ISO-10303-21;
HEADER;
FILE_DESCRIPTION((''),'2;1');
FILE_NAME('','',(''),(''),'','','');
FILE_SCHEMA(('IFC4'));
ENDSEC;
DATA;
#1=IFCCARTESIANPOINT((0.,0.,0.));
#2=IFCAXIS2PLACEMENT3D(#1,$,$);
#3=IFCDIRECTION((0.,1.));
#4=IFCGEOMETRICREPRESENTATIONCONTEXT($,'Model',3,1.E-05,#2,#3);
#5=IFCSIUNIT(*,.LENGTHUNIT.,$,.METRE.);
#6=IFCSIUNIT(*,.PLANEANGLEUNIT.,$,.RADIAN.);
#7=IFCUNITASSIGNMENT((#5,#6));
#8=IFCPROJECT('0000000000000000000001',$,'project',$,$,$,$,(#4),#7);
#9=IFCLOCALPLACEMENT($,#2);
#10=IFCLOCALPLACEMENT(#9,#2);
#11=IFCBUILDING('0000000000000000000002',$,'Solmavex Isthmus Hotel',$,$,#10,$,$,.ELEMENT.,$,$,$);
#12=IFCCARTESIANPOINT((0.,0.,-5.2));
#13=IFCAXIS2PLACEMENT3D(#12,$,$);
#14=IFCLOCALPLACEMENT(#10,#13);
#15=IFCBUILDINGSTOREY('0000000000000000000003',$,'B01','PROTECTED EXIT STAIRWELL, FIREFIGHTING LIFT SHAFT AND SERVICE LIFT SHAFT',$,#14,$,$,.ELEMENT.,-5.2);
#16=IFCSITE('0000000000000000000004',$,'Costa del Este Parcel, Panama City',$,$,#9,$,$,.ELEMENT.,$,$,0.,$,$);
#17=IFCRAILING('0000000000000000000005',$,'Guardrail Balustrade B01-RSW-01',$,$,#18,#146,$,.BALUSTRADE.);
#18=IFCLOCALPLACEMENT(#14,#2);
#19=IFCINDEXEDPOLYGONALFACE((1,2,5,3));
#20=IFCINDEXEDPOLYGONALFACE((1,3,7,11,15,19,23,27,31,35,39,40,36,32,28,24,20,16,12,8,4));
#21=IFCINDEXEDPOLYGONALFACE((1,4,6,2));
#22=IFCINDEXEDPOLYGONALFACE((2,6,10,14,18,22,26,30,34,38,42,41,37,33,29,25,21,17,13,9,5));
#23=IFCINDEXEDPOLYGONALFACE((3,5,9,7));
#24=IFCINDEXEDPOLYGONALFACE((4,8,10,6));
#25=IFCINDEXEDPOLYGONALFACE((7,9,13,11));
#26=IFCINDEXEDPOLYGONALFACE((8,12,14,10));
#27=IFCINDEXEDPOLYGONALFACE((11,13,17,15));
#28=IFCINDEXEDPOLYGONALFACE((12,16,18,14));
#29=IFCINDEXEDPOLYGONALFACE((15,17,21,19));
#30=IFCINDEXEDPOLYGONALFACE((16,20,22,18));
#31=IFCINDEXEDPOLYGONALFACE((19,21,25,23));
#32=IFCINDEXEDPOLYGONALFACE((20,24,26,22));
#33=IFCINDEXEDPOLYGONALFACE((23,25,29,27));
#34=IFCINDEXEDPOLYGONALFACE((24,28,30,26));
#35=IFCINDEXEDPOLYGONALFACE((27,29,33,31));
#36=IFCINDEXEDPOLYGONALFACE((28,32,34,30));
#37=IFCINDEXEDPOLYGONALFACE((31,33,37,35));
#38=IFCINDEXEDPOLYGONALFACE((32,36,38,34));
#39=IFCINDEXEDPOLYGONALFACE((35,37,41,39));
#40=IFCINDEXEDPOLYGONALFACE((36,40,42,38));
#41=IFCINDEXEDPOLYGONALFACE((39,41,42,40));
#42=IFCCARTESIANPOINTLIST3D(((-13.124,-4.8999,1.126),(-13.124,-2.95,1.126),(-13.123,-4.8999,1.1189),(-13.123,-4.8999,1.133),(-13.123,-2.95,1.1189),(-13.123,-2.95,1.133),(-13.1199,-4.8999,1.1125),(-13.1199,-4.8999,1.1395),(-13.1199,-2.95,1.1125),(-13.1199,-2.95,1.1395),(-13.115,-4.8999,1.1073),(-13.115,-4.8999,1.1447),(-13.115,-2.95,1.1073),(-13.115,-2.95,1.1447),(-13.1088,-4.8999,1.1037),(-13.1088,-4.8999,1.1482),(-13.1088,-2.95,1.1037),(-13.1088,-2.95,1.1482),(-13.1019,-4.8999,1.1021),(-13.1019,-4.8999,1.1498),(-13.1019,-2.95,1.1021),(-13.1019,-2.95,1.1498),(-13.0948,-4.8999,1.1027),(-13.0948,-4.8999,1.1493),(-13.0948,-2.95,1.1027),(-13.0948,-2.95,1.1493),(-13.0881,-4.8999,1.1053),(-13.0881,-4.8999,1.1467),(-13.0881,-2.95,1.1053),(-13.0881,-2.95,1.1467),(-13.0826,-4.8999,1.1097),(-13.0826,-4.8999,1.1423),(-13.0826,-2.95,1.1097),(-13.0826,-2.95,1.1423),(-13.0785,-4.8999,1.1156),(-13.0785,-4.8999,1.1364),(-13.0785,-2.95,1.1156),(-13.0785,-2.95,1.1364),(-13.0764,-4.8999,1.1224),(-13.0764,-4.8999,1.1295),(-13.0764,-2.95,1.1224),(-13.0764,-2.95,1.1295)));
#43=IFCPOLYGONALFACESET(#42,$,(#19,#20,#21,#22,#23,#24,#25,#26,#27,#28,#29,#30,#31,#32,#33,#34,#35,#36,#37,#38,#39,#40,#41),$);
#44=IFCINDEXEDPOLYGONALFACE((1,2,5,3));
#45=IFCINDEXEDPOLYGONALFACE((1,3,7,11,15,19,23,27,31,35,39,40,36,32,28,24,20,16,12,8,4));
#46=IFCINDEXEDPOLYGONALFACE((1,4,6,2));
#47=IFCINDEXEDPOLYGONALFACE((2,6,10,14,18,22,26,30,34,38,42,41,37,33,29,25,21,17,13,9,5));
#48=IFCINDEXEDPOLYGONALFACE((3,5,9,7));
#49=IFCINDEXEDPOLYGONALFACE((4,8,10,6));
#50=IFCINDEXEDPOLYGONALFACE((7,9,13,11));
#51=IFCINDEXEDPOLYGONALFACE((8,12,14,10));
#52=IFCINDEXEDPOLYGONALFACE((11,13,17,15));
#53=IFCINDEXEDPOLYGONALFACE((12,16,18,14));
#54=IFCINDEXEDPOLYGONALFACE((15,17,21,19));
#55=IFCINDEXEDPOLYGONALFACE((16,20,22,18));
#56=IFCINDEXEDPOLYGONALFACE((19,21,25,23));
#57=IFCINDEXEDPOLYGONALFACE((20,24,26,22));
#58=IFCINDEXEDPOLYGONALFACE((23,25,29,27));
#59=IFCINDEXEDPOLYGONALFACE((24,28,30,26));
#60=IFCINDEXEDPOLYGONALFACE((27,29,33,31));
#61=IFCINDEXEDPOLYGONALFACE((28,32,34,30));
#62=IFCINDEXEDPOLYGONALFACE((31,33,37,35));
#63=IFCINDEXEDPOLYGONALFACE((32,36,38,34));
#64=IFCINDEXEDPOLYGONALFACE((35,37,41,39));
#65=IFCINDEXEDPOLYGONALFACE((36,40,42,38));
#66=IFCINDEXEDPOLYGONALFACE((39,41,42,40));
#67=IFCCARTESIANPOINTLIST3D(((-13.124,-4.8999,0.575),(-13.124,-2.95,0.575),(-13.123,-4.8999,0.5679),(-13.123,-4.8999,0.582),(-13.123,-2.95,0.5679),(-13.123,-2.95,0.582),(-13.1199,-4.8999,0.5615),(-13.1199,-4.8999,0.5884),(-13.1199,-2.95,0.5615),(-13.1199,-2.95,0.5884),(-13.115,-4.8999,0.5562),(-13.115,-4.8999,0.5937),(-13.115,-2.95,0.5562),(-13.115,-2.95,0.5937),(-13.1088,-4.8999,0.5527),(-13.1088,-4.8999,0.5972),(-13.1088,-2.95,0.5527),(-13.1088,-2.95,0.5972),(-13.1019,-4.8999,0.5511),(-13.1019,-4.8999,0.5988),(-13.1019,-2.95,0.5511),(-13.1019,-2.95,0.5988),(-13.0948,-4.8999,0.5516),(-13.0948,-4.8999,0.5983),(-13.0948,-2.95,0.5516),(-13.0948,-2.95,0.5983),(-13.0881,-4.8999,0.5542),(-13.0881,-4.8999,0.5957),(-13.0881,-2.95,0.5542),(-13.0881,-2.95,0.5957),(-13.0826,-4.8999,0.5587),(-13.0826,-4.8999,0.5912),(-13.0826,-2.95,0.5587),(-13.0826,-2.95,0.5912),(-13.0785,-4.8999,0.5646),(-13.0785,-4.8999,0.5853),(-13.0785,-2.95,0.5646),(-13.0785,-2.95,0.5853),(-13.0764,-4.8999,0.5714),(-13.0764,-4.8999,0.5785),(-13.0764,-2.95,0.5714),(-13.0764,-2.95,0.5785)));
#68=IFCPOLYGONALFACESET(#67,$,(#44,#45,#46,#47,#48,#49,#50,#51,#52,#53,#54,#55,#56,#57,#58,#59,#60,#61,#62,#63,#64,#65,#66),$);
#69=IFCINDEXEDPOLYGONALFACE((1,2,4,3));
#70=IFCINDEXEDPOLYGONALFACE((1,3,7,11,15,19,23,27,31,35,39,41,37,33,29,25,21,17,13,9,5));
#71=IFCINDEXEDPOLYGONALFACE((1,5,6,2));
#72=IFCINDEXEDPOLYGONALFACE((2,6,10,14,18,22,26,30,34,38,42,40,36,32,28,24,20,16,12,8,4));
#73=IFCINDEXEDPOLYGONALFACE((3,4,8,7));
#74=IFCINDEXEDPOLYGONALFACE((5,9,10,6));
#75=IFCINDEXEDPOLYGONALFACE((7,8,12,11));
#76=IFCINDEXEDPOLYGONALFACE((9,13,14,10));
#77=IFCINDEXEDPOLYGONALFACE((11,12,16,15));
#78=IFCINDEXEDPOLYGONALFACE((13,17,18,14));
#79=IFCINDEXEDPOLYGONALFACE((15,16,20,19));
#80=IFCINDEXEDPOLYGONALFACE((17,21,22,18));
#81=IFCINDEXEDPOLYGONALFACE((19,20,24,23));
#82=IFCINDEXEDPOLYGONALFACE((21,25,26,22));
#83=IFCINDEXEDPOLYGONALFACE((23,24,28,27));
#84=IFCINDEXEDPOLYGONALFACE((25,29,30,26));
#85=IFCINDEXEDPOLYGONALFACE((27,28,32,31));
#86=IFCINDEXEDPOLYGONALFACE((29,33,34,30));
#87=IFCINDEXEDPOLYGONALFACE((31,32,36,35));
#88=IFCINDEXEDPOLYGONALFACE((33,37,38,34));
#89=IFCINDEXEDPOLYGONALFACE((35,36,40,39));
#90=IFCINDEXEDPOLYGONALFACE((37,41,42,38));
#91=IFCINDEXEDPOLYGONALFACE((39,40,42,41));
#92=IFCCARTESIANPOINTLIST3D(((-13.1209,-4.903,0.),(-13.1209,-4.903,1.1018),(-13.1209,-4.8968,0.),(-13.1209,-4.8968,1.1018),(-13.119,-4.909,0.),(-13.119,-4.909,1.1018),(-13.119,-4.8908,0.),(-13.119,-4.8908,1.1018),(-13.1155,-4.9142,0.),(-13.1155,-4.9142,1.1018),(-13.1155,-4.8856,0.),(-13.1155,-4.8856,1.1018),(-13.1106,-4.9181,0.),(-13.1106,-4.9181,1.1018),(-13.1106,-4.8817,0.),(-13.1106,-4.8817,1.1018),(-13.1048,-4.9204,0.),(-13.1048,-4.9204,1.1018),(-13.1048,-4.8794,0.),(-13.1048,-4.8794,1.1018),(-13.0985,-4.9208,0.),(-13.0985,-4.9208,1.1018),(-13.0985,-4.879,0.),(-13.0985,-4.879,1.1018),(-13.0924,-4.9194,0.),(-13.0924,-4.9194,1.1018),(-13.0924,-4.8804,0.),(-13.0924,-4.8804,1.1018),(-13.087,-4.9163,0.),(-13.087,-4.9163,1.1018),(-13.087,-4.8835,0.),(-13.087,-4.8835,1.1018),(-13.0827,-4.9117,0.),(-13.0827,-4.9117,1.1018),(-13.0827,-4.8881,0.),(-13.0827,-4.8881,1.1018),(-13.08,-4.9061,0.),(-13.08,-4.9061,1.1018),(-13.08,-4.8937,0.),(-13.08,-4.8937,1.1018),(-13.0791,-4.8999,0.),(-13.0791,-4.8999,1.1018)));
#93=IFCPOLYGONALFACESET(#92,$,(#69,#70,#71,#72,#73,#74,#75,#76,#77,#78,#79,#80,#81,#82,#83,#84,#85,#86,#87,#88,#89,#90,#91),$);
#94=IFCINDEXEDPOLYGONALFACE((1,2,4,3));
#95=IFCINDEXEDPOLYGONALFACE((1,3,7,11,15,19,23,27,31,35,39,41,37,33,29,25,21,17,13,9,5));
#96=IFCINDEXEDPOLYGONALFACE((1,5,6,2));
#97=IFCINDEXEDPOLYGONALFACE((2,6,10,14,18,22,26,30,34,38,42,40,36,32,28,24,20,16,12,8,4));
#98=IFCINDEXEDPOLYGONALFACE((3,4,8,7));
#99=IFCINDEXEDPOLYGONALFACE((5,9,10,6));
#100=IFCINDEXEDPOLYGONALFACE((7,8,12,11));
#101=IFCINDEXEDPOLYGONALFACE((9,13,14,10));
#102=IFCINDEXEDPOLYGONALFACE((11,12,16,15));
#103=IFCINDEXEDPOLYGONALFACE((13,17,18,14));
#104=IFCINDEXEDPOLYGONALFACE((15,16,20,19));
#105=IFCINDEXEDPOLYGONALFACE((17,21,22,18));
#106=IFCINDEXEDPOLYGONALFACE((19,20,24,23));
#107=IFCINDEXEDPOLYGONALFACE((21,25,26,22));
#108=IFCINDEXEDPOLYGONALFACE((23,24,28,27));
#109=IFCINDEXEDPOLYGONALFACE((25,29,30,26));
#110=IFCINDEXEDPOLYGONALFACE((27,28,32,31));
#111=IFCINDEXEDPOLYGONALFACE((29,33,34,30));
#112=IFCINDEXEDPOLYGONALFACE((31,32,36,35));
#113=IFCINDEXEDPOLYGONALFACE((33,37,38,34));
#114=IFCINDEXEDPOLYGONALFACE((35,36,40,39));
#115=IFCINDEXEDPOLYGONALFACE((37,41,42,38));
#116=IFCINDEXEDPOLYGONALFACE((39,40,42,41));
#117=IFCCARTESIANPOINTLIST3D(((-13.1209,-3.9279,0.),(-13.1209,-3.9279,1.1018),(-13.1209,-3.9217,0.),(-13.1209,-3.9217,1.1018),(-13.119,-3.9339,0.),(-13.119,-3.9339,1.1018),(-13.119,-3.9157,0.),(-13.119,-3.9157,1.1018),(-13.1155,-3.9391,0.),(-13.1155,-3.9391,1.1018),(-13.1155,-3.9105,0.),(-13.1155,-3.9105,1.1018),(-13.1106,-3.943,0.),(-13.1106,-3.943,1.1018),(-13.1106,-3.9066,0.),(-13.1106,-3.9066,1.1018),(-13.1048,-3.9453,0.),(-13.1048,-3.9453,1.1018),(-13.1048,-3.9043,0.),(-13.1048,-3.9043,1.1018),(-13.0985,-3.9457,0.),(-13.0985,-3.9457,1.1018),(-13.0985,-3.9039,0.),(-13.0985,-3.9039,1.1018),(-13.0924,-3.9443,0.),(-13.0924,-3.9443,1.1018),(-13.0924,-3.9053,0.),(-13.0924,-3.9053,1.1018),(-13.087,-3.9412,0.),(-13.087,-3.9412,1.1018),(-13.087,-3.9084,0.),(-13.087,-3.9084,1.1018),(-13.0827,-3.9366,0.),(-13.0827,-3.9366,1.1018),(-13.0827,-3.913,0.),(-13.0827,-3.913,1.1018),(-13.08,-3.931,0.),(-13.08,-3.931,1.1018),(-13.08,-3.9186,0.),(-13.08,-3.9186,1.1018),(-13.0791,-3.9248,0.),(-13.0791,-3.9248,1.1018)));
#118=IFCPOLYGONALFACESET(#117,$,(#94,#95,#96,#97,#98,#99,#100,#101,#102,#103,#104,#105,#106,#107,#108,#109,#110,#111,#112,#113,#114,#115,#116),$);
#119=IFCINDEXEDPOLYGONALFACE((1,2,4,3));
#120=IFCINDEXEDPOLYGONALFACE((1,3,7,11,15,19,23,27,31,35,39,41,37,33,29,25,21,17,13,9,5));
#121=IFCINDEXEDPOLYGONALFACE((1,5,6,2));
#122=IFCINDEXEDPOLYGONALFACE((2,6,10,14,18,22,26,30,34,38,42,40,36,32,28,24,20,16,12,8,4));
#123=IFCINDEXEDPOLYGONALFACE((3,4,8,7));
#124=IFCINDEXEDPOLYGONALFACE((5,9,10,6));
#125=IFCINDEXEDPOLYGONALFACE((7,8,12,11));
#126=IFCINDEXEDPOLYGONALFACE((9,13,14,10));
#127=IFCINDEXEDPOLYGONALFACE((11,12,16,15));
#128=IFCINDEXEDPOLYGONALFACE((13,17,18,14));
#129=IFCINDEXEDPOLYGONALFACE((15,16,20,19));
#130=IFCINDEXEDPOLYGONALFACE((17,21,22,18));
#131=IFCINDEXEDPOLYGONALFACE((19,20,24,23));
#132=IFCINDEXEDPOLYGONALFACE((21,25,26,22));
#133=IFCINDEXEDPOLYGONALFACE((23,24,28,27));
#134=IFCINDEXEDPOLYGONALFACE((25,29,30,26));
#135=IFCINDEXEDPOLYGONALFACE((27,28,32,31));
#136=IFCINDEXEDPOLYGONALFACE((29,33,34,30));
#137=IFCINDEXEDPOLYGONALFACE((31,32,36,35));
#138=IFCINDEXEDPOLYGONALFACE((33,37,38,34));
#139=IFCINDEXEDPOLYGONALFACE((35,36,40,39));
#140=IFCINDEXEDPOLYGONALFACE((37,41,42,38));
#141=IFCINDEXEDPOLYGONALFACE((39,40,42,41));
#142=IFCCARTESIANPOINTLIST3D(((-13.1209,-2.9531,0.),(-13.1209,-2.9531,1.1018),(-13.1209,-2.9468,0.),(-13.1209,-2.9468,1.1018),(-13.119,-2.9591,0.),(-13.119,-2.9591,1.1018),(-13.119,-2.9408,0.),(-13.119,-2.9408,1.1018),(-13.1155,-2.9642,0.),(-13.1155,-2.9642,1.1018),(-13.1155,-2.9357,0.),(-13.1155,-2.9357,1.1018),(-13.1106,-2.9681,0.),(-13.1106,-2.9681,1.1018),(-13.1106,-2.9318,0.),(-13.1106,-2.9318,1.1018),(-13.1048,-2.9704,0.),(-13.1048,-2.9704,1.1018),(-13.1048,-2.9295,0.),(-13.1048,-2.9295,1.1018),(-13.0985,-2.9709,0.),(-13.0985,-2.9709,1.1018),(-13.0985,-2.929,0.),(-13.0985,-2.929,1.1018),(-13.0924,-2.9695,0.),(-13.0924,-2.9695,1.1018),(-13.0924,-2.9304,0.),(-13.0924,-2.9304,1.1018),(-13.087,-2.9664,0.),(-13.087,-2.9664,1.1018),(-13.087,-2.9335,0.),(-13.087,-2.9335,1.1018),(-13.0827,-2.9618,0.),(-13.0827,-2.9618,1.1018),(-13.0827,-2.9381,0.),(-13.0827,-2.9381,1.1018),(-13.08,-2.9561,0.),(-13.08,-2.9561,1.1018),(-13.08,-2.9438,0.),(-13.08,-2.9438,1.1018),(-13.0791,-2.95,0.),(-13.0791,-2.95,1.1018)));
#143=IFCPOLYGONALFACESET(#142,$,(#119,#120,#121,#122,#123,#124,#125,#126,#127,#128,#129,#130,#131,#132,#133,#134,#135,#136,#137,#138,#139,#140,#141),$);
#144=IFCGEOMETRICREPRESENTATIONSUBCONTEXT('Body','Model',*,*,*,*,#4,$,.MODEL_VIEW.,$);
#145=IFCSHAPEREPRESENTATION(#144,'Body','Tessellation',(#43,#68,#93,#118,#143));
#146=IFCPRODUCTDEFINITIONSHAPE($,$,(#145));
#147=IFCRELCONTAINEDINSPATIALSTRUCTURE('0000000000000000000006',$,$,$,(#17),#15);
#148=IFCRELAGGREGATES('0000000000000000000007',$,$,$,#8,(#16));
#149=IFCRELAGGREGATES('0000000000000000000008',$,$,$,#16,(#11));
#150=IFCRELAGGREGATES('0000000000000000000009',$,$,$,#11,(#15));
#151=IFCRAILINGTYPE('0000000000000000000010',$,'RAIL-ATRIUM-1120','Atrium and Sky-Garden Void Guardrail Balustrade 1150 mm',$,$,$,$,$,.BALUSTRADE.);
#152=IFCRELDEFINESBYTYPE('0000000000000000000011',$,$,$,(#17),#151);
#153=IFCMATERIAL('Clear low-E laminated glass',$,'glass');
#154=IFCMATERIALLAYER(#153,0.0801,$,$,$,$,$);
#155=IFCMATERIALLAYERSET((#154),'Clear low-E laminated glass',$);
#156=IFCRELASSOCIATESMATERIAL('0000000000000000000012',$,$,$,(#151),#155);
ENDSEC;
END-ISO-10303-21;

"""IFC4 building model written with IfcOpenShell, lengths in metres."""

from ifc_helpers import new_model, si_unit, direction, frame, origin, origin_2d, place, context, subcontext, project, spatial, circle, extrude, material, layer, layer_set, type_object, element, save


model = new_model("IFC4")

# Units and contexts
model_context = context("Model", 3, precision=1e-05, world=origin(), true_north=direction((0.0, 1.0)))
body_context = subcontext(model_context, "Body", "Model", "MODEL_VIEW")
ifc_project = project(units=[si_unit("LENGTHUNIT", "METRE"), si_unit("PLANEANGLEUNIT", "RADIAN")], contexts=[model_context])

# Site, building, storey
site_placement = place(None, origin())
site = spatial("IfcSite", under=ifc_project, at=site_placement, Name="Costa del Este Parcel, Panama City", CompositionType="ELEMENT", RefElevation=0.0)
building_placement = place(site_placement, origin())
building = spatial("IfcBuilding", under=site, at=building_placement, Name="Solmavex Isthmus Hotel", CompositionType="ELEMENT")
storey_placement = place(building_placement, frame((0.0, 0.0, -5.2)))
storey = spatial("IfcBuildingStorey", under=building, at=storey_placement, Name="B01", Description="PROTECTED EXIT STAIRWELL, FIREFIGHTING LIFT SHAFT AND SERVICE LIFT SHAFT", CompositionType="ELEMENT", Elevation=-5.2)

# Railing
ifc_material_1 = material(Name="Clear low-E laminated glass", Category="glass")
ifc_layer_1 = layer(ifc_material_1, 0.0801)
ifc_layer_set_1 = layer_set([ifc_layer_1], Name="Clear low-E laminated glass")
railing_type_1 = type_object("IfcRailingType", Name="RAIL-ATRIUM-1120", Description="Atrium and Sky-Garden Void Guardrail Balustrade 1150 mm", PredefinedType="BALUSTRADE", material=ifc_layer_set_1)
railing_1_placement = place(storey_placement, frame((-13.1001, -4.8999, 0.0)))
element("IfcRailing", 1, at=railing_1_placement, inside=storey, type_object=railing_type_1, Name="Guardrail Balustrade B01-RSW-01", PredefinedType="BALUSTRADE", context=body_context, shape_type="SweptSolid", body=[
    extrude(circle(Radius=0.0239, at=origin_2d()), frame((0.0, 0.0, 1.126), z_axis=(0.0, 1.0, 0.0), x_axis=(-1.0, 0.0, 0.0)), (0.0, 0.0, 1.0), 1.95),
    extrude(circle(Radius=0.0239, at=origin_2d()), frame((0.0, 0.0, 0.575), z_axis=(0.0, 1.0, 0.0), x_axis=(-1.0, 0.0, 0.0)), (0.0, 0.0, 1.0), 1.95),
    extrude(circle(Radius=0.021, at=origin_2d()), origin(), (0.0, 0.0, 1.0), 1.1018),
    extrude(circle(Radius=0.021, at=origin_2d()), frame((0.0, 0.9751, 0.0)), (0.0, 0.0, 1.0), 1.1018),
    extrude(circle(Radius=0.021, at=origin_2d()), frame((0.0, 1.95, 0.0)), (0.0, 0.0, 1.0), 1.1018),
])

save(model, "model.ifc")
